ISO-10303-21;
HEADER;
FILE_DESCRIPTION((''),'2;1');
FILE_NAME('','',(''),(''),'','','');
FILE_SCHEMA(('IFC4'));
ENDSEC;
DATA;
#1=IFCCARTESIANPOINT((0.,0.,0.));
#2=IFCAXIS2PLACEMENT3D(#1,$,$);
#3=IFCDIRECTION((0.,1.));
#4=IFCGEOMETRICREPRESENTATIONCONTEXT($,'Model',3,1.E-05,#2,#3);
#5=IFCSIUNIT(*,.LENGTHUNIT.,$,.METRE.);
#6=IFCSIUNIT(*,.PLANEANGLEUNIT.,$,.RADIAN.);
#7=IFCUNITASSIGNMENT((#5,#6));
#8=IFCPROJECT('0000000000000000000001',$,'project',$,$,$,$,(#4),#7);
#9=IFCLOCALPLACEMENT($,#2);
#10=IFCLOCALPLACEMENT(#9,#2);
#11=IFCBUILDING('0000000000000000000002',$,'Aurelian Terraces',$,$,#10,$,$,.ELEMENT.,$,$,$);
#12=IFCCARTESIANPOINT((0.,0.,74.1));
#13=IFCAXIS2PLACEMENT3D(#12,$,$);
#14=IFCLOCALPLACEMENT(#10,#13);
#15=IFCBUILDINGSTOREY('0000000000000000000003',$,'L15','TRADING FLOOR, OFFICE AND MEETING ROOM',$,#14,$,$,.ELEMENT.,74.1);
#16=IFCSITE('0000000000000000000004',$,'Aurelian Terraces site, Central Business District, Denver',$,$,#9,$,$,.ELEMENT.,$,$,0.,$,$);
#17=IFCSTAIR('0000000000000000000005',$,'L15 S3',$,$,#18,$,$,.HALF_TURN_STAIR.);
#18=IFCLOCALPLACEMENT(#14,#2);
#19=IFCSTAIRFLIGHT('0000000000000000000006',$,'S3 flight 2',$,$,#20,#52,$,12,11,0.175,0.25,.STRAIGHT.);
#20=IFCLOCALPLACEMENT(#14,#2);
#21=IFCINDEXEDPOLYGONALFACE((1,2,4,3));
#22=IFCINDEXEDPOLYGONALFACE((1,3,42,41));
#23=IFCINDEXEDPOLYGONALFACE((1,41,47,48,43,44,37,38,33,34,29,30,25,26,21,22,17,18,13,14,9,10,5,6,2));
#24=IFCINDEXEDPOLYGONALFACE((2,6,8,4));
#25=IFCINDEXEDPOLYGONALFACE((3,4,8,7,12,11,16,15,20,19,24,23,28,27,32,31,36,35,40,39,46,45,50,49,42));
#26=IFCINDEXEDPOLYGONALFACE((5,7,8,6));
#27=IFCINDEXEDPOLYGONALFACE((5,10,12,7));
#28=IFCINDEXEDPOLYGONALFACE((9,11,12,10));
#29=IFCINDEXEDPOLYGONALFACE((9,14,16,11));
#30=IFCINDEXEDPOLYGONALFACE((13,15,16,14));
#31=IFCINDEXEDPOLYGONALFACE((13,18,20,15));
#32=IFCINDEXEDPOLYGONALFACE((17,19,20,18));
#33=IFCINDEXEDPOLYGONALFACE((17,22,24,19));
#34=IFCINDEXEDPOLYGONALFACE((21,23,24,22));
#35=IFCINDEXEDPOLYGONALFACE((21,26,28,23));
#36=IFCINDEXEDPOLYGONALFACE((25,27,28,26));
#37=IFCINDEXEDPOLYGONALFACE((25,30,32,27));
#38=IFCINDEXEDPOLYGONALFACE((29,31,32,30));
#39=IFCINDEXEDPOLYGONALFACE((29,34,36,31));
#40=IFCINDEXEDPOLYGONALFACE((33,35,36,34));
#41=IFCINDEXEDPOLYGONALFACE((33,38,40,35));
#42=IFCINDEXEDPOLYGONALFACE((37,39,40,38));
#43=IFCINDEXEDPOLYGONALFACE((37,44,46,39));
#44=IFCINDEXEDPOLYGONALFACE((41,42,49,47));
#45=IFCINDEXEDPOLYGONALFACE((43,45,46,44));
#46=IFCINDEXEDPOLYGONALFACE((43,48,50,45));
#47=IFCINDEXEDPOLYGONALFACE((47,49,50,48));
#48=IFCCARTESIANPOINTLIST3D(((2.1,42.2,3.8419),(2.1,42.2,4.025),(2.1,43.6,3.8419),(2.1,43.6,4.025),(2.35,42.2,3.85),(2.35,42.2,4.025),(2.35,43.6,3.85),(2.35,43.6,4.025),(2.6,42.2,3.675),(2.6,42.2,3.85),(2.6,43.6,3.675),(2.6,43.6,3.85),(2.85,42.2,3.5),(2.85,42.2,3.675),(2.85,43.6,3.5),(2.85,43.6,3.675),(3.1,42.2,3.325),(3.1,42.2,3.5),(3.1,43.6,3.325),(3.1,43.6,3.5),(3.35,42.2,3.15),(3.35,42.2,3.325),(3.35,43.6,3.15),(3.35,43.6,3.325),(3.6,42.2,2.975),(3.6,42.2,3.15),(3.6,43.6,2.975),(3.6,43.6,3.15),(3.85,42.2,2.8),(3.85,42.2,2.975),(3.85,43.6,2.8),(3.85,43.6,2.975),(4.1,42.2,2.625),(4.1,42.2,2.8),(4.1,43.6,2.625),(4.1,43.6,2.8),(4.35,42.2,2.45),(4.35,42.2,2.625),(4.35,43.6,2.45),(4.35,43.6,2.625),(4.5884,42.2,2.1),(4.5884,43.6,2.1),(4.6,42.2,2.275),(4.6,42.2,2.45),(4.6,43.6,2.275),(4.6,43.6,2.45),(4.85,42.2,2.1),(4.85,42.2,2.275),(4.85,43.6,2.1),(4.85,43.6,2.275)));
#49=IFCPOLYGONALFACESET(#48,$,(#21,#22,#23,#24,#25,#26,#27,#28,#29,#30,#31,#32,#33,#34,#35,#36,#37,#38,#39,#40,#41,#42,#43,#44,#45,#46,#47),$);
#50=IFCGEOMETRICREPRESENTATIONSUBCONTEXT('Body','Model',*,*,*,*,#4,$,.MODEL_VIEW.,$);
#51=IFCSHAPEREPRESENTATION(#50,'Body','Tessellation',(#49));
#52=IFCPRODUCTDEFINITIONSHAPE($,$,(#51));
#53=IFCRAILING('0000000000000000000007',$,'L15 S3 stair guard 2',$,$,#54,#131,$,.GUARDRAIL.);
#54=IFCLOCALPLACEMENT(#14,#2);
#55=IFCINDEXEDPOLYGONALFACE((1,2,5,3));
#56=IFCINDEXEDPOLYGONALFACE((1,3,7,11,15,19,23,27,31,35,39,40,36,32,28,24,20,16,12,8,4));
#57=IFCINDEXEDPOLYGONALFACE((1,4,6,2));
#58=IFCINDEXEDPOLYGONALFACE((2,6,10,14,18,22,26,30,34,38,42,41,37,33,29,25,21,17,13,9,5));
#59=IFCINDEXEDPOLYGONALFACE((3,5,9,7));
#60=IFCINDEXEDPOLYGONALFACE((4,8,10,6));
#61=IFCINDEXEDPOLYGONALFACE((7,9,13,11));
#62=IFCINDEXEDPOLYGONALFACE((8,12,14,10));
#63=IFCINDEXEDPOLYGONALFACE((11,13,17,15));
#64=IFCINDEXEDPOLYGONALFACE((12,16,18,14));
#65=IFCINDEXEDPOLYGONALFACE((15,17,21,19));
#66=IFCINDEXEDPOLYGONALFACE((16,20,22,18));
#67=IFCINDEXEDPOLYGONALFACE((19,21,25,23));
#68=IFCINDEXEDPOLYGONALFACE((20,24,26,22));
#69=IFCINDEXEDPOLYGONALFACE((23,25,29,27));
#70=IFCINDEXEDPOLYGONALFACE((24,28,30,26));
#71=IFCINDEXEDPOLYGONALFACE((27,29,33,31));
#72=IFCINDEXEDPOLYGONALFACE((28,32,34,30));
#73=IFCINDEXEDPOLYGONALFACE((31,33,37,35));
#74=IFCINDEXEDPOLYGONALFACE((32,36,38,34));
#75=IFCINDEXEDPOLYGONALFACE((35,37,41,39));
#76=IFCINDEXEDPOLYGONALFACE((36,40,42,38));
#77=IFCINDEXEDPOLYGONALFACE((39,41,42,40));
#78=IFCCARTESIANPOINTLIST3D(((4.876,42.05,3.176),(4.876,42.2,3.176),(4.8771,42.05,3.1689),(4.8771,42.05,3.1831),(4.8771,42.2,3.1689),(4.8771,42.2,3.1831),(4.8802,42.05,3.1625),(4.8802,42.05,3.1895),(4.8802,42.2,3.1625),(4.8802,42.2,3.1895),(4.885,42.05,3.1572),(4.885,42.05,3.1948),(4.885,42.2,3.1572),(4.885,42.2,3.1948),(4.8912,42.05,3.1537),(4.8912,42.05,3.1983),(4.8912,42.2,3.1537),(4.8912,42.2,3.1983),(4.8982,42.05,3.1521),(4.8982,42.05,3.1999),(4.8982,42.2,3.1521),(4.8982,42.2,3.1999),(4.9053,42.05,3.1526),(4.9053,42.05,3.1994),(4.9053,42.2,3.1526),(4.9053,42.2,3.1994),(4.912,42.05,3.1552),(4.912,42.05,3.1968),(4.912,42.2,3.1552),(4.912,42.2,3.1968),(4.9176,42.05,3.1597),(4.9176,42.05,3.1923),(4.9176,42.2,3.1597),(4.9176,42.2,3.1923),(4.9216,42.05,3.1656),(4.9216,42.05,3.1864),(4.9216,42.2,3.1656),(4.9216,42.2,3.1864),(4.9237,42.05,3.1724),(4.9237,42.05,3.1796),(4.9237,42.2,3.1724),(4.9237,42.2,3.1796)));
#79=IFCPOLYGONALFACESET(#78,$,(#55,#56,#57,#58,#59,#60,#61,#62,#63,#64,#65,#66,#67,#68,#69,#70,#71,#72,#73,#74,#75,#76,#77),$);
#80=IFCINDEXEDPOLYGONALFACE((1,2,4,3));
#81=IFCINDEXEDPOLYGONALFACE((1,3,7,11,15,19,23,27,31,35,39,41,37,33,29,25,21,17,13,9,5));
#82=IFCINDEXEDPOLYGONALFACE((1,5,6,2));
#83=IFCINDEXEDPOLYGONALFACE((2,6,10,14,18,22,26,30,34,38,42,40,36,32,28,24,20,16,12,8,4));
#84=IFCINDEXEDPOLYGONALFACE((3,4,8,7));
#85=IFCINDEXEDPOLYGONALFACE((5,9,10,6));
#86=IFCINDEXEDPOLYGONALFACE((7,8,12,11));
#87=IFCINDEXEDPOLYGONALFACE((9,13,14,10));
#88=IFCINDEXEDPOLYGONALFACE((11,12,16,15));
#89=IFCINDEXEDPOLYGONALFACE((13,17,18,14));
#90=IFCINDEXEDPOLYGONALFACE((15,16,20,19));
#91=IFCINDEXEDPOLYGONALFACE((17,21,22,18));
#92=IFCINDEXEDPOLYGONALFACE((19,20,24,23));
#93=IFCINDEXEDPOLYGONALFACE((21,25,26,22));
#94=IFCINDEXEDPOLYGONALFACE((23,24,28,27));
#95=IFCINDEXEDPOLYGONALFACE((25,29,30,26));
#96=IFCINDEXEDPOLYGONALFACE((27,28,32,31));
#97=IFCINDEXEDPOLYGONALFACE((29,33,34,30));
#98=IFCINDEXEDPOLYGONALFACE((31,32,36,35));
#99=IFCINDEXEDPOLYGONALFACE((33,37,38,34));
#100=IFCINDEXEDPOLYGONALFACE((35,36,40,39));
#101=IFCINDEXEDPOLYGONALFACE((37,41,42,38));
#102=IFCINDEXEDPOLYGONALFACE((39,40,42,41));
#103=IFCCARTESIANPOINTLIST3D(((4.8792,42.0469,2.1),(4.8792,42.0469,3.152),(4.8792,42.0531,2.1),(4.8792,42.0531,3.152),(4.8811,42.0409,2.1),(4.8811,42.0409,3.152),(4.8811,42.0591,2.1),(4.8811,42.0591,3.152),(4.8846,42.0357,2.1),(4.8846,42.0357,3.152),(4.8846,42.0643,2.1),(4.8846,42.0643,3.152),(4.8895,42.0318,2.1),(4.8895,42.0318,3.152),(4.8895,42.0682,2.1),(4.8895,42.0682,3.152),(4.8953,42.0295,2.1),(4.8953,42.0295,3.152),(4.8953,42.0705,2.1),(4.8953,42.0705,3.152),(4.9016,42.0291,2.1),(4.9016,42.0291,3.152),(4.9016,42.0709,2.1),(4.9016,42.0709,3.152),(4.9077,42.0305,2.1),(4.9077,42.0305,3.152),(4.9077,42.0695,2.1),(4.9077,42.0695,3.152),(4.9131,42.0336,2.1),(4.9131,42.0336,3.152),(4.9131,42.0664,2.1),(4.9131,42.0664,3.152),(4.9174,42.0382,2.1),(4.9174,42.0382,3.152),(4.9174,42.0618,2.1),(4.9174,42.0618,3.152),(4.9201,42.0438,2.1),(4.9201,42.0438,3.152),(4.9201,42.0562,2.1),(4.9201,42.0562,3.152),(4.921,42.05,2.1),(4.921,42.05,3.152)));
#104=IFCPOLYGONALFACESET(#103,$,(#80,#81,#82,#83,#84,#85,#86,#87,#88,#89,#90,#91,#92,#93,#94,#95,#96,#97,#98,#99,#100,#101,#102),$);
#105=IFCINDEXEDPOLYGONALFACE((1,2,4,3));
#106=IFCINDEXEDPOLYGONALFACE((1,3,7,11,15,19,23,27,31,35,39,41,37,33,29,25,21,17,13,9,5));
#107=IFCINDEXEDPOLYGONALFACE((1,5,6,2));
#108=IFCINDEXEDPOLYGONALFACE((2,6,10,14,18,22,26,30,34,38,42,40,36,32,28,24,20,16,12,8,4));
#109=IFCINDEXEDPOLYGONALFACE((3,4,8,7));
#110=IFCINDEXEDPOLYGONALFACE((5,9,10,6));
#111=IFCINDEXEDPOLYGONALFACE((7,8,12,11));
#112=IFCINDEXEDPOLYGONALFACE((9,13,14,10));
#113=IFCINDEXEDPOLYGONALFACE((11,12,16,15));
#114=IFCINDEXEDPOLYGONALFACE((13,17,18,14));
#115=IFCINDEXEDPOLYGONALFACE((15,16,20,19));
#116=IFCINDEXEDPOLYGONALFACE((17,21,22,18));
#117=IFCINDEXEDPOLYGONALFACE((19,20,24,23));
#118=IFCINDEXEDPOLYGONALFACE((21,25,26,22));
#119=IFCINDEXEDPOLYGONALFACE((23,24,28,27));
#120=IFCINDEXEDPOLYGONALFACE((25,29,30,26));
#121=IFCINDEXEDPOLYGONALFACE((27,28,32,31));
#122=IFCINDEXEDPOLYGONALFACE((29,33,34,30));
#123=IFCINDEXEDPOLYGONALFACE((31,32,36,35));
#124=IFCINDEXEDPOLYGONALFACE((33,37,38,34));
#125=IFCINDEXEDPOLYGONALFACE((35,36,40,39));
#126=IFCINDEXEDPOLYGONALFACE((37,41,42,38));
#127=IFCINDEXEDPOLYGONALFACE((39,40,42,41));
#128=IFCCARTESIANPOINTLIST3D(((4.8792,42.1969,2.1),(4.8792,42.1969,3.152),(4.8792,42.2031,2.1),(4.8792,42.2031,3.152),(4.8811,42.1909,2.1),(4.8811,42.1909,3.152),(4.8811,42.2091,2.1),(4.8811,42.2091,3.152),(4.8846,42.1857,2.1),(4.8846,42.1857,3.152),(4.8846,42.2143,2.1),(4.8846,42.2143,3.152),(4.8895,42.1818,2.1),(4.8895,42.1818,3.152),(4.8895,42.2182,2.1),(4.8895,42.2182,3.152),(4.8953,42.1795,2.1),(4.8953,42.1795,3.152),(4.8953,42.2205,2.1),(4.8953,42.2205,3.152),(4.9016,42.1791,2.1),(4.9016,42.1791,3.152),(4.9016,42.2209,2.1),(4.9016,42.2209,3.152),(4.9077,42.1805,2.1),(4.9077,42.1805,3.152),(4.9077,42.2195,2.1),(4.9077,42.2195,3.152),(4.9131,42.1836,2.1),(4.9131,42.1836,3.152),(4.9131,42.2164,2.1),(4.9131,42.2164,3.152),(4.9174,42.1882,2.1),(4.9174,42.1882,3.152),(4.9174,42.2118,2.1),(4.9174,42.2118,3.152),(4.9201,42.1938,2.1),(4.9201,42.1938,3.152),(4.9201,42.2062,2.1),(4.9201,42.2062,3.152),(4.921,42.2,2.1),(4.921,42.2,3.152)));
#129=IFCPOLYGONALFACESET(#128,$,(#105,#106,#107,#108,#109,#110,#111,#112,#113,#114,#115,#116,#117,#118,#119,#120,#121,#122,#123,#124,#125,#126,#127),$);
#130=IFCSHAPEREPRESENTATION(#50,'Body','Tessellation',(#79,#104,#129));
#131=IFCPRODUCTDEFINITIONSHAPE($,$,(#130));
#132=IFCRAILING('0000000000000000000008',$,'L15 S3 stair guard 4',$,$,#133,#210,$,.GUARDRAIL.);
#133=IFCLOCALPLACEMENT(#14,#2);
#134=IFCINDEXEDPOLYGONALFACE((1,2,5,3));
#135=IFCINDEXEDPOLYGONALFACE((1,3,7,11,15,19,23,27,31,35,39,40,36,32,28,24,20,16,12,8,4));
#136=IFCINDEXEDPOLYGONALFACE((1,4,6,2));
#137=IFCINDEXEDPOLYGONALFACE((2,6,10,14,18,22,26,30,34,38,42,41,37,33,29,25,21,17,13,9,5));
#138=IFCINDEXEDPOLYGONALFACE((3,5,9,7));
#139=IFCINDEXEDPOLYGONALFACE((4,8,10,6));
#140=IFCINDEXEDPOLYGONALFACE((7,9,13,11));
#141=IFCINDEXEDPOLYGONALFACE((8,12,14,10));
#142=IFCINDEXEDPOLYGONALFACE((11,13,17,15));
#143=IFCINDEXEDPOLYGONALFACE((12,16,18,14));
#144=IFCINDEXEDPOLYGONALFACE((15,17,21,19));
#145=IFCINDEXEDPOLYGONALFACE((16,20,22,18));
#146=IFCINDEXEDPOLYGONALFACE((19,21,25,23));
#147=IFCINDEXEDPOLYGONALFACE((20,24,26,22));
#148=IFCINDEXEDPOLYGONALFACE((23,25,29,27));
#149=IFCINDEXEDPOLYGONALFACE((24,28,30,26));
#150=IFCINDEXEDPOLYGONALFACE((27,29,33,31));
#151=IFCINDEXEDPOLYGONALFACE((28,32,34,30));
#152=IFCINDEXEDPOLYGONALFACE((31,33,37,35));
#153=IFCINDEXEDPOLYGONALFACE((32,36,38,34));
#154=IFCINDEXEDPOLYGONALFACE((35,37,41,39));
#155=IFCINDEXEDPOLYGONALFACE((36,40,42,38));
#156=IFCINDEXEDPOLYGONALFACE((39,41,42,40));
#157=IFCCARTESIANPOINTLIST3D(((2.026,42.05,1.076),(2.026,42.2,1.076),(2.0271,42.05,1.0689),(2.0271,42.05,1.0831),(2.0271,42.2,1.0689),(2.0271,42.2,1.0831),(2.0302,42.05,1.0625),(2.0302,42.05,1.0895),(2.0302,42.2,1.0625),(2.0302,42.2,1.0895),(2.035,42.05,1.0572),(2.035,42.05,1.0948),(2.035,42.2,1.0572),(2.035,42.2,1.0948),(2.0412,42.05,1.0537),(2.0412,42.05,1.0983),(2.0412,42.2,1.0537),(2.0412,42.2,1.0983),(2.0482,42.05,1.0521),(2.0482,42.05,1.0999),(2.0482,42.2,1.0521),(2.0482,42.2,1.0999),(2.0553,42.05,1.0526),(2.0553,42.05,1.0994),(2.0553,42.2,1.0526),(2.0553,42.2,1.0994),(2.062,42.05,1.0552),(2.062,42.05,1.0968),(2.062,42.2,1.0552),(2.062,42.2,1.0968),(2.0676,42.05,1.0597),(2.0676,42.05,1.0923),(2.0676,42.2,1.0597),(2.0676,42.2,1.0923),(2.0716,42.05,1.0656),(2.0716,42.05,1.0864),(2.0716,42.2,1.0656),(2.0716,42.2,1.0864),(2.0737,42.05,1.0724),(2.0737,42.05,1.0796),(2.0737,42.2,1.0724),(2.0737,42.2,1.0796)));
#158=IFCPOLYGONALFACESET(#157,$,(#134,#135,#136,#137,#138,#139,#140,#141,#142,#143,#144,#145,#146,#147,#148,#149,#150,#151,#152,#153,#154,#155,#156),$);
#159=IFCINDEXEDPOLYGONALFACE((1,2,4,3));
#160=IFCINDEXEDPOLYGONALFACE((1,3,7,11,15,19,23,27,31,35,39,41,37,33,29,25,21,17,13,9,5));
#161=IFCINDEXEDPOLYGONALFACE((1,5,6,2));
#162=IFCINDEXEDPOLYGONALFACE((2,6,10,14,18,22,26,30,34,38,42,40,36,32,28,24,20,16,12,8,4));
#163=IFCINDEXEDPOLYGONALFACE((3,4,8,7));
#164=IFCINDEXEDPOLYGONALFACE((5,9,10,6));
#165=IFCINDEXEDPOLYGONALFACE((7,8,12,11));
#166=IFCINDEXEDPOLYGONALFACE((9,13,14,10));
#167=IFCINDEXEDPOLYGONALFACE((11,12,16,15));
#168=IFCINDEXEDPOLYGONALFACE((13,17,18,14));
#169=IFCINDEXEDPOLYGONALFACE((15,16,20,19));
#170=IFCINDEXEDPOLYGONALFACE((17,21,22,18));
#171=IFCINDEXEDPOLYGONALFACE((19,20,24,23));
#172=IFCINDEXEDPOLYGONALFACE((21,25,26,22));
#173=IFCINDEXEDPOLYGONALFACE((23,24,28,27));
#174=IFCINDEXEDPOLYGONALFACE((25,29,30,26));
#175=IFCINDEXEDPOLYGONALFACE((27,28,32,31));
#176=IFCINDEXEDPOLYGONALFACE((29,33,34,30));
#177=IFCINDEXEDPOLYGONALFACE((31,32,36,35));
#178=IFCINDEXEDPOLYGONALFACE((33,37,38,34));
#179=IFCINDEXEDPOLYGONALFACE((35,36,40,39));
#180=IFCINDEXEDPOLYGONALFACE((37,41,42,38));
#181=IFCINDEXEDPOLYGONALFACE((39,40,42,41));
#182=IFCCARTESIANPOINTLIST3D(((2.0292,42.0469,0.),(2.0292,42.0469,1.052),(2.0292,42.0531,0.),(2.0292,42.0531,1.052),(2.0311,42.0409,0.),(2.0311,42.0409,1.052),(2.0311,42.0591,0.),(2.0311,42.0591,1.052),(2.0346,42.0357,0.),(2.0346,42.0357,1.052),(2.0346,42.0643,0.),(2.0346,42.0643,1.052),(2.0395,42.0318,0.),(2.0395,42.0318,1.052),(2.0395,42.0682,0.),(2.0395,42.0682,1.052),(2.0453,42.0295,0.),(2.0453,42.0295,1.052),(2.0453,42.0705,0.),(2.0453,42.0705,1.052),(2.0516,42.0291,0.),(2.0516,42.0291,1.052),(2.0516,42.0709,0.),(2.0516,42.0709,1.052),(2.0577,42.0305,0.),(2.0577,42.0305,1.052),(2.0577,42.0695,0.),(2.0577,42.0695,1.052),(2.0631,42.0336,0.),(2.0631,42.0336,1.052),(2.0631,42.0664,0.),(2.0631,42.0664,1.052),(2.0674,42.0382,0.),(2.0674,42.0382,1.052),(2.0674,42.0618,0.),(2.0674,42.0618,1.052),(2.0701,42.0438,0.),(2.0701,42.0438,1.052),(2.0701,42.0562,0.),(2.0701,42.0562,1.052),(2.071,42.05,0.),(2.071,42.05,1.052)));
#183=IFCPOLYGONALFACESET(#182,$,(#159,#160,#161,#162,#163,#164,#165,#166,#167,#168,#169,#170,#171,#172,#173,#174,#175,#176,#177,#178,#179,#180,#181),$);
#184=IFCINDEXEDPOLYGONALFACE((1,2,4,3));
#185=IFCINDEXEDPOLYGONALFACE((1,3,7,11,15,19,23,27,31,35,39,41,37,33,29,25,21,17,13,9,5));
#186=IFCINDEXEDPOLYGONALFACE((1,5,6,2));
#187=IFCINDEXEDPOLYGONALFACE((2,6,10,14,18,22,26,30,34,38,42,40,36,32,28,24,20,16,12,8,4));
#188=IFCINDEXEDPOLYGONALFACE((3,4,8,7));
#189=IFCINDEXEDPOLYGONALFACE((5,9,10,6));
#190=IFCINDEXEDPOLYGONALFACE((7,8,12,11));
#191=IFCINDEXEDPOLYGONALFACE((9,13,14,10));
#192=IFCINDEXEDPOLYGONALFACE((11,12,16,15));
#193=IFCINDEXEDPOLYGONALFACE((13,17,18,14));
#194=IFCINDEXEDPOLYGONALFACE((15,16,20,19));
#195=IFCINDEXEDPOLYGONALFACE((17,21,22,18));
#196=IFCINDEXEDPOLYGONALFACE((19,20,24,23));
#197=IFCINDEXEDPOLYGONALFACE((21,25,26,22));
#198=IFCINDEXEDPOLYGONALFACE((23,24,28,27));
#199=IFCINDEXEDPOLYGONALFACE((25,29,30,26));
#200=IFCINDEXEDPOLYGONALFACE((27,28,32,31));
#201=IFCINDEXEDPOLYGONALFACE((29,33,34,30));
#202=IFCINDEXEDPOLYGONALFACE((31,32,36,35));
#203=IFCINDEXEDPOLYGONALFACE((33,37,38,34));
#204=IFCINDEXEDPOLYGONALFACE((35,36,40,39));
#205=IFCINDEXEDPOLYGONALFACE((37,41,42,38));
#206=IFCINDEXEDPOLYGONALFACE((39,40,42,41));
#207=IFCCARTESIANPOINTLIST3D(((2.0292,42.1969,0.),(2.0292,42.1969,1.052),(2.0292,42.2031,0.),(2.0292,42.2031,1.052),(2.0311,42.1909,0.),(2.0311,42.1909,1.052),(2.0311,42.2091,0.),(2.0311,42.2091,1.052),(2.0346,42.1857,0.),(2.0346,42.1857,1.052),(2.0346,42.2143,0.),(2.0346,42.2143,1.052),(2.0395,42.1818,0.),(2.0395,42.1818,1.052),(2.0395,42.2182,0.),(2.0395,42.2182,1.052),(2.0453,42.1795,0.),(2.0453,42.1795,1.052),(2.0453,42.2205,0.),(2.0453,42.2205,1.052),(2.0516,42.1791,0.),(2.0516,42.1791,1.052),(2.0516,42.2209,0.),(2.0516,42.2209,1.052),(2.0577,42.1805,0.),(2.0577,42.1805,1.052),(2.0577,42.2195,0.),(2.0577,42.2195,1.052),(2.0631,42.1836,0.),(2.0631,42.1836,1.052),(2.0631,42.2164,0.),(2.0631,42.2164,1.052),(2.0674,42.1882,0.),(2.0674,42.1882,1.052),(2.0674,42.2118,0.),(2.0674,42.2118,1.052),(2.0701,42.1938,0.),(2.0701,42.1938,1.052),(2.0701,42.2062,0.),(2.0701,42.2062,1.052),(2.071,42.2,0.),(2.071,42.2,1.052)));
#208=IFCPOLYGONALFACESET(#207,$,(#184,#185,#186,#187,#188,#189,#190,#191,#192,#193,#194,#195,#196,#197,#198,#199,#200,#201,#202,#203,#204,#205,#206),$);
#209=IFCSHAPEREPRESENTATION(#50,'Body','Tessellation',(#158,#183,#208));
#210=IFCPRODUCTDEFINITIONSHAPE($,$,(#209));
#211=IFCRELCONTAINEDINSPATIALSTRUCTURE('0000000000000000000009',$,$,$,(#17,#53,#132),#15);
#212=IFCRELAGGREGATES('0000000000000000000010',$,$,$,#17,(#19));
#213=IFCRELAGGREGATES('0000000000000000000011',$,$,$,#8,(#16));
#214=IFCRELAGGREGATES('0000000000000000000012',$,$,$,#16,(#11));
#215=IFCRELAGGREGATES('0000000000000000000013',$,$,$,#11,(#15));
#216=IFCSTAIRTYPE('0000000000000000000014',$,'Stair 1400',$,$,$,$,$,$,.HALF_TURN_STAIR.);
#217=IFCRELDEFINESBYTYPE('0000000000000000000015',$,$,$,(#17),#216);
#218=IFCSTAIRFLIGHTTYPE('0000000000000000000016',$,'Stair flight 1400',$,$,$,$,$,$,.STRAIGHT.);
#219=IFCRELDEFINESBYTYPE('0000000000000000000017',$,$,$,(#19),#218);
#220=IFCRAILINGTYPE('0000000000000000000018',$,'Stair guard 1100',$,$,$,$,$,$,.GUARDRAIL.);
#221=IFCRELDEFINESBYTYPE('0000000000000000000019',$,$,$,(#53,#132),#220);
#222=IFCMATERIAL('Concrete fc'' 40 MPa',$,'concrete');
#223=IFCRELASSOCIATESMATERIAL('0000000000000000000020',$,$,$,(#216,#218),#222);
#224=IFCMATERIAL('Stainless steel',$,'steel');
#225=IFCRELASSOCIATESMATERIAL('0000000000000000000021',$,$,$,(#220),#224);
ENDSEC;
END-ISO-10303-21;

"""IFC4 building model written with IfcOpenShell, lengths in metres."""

from ifc_helpers import new_model, si_unit, direction, frame, origin, origin_2d, place, context, subcontext, project, spatial, polyline, circle, outline, extrude, source, transform, mapped, material, type_object, element, aggregate, save


model = new_model("IFC4")

# Units and contexts
model_context = context("Model", 3, precision=1e-05, world=origin(), true_north=direction((0.0, 1.0)))
body_context = subcontext(model_context, "Body", "Model", "MODEL_VIEW")
ifc_project = project(units=[si_unit("LENGTHUNIT", "METRE"), si_unit("PLANEANGLEUNIT", "RADIAN")], contexts=[model_context])

# Site, building, storey
site_placement = place(None, origin())
site = spatial("IfcSite", under=ifc_project, at=site_placement, Name="Aurelian Terraces site, Central Business District, Denver", CompositionType="ELEMENT", RefElevation=0.0)
building_placement = place(site_placement, origin())
building = spatial("IfcBuilding", under=site, at=building_placement, Name="Aurelian Terraces", CompositionType="ELEMENT")
storey_placement = place(building_placement, frame((0.0, 0.0, 74.1)))
storey = spatial("IfcBuildingStorey", under=building, at=storey_placement, Name="L15", Description="TRADING FLOOR, OFFICE AND MEETING ROOM", CompositionType="ELEMENT", Elevation=74.1)

# Shared definitions
ifc_material_1 = material(Name="Concrete fc' 40 MPa", Category="concrete")

# Stair, stair flight
stair_type = type_object("IfcStairType", Name="Stair 1400", PredefinedType="HALF_TURN_STAIR", material=ifc_material_1)
stair_placement = place(storey_placement, origin())
stair = element("IfcStair", 1, at=stair_placement, inside=storey, type_object=stair_type, Name="L15 S3", PredefinedType="HALF_TURN_STAIR")
stair_flight_type = type_object("IfcStairFlightType", Name="Stair flight 1400", PredefinedType="STRAIGHT", material=ifc_material_1)
shared_shape_1 = source(origin(), body_context, "Body", "SweptSolid", [
    extrude(outline(polyline([(0.0, 0.0), (0.0, 0.175), (0.25, 0.175), (0.25, 0.35), (0.5, 0.35), (0.5, 0.525), (0.75, 0.525), (0.75, 0.7), (1.0, 0.7), (1.0, 0.875), (1.25, 0.875), (1.25, 1.05), (1.5, 1.05), (1.5, 1.225), (1.75, 1.225), (1.75, 1.4), (2.0, 1.4), (2.0, 1.575), (2.25, 1.575), (2.25, 1.75), (2.5, 1.75), (2.5, 1.925), (2.75, 1.925), (2.75, 2.1), (2.75, 1.7419), (0.2616, 0.0), (0.0, 0.0)])), frame((0.0, 0.7, 0.0), z_axis=(0.0, -1.0, 0.0), x_axis=(1.0, 0.0, 0.0)), (0.0, 0.0, 1.0), 1.4),
])
stair_flight_1_placement = place(storey_placement, frame((4.85, 42.9, 2.1), z_axis=(0.0, 0.0, 1.0), x_axis=(-1.0, 0.0, 0.0)))
stair_flight_1 = element("IfcStairFlight", 2, at=stair_flight_1_placement, type_object=stair_flight_type, Name="S3 flight 2", NumberOfRisers=12, NumberOfTreads=11, PredefinedType="STRAIGHT", RiserHeight=0.175, TreadLength=0.25, context=body_context, shape_type="MappedRepresentation", body=[
    mapped(shared_shape_1, transform((0.0, 0.0, 0.0), scale=1.0)),
])
aggregate(stair, [stair_flight_1])

# Railings
ifc_material_2 = material(Name="Stainless steel", Category="steel")
railing_type_1 = type_object("IfcRailingType", Name="Stair guard 1100", PredefinedType="GUARDRAIL", material=ifc_material_2)
shared_shape_2 = source(origin(), body_context, "Body", "SweptSolid", [
    extrude(circle(Radius=0.024, at=origin_2d()), frame((0.0, 0.0, 1.076), z_axis=(0.0, 1.0, 0.0), x_axis=(-1.0, 0.0, 0.0)), (0.0, 0.0, 1.0), 0.15),
    extrude(circle(Radius=0.021, at=origin_2d()), origin(), (0.0, 0.0, 1.0), 1.052),
    extrude(circle(Radius=0.021, at=origin_2d()), frame((0.0, 0.15, 0.0)), (0.0, 0.0, 1.0), 1.052),
])
for number, where, name in (
    (3, (4.9, 42.05, 2.1), "L15 S3 stair guard 2"),
    (4, (2.05, 42.05, 0.0), "L15 S3 stair guard 4"),
):
    element("IfcRailing", number, at=place(storey_placement, frame(where)), inside=storey, type_object=railing_type_1, Name=name, PredefinedType="GUARDRAIL", context=body_context, shape_type="MappedRepresentation", body=[
        mapped(shared_shape_2, transform((0.0, 0.0, 0.0), scale=1.0)),
    ])

save(model, "model.ifc")
